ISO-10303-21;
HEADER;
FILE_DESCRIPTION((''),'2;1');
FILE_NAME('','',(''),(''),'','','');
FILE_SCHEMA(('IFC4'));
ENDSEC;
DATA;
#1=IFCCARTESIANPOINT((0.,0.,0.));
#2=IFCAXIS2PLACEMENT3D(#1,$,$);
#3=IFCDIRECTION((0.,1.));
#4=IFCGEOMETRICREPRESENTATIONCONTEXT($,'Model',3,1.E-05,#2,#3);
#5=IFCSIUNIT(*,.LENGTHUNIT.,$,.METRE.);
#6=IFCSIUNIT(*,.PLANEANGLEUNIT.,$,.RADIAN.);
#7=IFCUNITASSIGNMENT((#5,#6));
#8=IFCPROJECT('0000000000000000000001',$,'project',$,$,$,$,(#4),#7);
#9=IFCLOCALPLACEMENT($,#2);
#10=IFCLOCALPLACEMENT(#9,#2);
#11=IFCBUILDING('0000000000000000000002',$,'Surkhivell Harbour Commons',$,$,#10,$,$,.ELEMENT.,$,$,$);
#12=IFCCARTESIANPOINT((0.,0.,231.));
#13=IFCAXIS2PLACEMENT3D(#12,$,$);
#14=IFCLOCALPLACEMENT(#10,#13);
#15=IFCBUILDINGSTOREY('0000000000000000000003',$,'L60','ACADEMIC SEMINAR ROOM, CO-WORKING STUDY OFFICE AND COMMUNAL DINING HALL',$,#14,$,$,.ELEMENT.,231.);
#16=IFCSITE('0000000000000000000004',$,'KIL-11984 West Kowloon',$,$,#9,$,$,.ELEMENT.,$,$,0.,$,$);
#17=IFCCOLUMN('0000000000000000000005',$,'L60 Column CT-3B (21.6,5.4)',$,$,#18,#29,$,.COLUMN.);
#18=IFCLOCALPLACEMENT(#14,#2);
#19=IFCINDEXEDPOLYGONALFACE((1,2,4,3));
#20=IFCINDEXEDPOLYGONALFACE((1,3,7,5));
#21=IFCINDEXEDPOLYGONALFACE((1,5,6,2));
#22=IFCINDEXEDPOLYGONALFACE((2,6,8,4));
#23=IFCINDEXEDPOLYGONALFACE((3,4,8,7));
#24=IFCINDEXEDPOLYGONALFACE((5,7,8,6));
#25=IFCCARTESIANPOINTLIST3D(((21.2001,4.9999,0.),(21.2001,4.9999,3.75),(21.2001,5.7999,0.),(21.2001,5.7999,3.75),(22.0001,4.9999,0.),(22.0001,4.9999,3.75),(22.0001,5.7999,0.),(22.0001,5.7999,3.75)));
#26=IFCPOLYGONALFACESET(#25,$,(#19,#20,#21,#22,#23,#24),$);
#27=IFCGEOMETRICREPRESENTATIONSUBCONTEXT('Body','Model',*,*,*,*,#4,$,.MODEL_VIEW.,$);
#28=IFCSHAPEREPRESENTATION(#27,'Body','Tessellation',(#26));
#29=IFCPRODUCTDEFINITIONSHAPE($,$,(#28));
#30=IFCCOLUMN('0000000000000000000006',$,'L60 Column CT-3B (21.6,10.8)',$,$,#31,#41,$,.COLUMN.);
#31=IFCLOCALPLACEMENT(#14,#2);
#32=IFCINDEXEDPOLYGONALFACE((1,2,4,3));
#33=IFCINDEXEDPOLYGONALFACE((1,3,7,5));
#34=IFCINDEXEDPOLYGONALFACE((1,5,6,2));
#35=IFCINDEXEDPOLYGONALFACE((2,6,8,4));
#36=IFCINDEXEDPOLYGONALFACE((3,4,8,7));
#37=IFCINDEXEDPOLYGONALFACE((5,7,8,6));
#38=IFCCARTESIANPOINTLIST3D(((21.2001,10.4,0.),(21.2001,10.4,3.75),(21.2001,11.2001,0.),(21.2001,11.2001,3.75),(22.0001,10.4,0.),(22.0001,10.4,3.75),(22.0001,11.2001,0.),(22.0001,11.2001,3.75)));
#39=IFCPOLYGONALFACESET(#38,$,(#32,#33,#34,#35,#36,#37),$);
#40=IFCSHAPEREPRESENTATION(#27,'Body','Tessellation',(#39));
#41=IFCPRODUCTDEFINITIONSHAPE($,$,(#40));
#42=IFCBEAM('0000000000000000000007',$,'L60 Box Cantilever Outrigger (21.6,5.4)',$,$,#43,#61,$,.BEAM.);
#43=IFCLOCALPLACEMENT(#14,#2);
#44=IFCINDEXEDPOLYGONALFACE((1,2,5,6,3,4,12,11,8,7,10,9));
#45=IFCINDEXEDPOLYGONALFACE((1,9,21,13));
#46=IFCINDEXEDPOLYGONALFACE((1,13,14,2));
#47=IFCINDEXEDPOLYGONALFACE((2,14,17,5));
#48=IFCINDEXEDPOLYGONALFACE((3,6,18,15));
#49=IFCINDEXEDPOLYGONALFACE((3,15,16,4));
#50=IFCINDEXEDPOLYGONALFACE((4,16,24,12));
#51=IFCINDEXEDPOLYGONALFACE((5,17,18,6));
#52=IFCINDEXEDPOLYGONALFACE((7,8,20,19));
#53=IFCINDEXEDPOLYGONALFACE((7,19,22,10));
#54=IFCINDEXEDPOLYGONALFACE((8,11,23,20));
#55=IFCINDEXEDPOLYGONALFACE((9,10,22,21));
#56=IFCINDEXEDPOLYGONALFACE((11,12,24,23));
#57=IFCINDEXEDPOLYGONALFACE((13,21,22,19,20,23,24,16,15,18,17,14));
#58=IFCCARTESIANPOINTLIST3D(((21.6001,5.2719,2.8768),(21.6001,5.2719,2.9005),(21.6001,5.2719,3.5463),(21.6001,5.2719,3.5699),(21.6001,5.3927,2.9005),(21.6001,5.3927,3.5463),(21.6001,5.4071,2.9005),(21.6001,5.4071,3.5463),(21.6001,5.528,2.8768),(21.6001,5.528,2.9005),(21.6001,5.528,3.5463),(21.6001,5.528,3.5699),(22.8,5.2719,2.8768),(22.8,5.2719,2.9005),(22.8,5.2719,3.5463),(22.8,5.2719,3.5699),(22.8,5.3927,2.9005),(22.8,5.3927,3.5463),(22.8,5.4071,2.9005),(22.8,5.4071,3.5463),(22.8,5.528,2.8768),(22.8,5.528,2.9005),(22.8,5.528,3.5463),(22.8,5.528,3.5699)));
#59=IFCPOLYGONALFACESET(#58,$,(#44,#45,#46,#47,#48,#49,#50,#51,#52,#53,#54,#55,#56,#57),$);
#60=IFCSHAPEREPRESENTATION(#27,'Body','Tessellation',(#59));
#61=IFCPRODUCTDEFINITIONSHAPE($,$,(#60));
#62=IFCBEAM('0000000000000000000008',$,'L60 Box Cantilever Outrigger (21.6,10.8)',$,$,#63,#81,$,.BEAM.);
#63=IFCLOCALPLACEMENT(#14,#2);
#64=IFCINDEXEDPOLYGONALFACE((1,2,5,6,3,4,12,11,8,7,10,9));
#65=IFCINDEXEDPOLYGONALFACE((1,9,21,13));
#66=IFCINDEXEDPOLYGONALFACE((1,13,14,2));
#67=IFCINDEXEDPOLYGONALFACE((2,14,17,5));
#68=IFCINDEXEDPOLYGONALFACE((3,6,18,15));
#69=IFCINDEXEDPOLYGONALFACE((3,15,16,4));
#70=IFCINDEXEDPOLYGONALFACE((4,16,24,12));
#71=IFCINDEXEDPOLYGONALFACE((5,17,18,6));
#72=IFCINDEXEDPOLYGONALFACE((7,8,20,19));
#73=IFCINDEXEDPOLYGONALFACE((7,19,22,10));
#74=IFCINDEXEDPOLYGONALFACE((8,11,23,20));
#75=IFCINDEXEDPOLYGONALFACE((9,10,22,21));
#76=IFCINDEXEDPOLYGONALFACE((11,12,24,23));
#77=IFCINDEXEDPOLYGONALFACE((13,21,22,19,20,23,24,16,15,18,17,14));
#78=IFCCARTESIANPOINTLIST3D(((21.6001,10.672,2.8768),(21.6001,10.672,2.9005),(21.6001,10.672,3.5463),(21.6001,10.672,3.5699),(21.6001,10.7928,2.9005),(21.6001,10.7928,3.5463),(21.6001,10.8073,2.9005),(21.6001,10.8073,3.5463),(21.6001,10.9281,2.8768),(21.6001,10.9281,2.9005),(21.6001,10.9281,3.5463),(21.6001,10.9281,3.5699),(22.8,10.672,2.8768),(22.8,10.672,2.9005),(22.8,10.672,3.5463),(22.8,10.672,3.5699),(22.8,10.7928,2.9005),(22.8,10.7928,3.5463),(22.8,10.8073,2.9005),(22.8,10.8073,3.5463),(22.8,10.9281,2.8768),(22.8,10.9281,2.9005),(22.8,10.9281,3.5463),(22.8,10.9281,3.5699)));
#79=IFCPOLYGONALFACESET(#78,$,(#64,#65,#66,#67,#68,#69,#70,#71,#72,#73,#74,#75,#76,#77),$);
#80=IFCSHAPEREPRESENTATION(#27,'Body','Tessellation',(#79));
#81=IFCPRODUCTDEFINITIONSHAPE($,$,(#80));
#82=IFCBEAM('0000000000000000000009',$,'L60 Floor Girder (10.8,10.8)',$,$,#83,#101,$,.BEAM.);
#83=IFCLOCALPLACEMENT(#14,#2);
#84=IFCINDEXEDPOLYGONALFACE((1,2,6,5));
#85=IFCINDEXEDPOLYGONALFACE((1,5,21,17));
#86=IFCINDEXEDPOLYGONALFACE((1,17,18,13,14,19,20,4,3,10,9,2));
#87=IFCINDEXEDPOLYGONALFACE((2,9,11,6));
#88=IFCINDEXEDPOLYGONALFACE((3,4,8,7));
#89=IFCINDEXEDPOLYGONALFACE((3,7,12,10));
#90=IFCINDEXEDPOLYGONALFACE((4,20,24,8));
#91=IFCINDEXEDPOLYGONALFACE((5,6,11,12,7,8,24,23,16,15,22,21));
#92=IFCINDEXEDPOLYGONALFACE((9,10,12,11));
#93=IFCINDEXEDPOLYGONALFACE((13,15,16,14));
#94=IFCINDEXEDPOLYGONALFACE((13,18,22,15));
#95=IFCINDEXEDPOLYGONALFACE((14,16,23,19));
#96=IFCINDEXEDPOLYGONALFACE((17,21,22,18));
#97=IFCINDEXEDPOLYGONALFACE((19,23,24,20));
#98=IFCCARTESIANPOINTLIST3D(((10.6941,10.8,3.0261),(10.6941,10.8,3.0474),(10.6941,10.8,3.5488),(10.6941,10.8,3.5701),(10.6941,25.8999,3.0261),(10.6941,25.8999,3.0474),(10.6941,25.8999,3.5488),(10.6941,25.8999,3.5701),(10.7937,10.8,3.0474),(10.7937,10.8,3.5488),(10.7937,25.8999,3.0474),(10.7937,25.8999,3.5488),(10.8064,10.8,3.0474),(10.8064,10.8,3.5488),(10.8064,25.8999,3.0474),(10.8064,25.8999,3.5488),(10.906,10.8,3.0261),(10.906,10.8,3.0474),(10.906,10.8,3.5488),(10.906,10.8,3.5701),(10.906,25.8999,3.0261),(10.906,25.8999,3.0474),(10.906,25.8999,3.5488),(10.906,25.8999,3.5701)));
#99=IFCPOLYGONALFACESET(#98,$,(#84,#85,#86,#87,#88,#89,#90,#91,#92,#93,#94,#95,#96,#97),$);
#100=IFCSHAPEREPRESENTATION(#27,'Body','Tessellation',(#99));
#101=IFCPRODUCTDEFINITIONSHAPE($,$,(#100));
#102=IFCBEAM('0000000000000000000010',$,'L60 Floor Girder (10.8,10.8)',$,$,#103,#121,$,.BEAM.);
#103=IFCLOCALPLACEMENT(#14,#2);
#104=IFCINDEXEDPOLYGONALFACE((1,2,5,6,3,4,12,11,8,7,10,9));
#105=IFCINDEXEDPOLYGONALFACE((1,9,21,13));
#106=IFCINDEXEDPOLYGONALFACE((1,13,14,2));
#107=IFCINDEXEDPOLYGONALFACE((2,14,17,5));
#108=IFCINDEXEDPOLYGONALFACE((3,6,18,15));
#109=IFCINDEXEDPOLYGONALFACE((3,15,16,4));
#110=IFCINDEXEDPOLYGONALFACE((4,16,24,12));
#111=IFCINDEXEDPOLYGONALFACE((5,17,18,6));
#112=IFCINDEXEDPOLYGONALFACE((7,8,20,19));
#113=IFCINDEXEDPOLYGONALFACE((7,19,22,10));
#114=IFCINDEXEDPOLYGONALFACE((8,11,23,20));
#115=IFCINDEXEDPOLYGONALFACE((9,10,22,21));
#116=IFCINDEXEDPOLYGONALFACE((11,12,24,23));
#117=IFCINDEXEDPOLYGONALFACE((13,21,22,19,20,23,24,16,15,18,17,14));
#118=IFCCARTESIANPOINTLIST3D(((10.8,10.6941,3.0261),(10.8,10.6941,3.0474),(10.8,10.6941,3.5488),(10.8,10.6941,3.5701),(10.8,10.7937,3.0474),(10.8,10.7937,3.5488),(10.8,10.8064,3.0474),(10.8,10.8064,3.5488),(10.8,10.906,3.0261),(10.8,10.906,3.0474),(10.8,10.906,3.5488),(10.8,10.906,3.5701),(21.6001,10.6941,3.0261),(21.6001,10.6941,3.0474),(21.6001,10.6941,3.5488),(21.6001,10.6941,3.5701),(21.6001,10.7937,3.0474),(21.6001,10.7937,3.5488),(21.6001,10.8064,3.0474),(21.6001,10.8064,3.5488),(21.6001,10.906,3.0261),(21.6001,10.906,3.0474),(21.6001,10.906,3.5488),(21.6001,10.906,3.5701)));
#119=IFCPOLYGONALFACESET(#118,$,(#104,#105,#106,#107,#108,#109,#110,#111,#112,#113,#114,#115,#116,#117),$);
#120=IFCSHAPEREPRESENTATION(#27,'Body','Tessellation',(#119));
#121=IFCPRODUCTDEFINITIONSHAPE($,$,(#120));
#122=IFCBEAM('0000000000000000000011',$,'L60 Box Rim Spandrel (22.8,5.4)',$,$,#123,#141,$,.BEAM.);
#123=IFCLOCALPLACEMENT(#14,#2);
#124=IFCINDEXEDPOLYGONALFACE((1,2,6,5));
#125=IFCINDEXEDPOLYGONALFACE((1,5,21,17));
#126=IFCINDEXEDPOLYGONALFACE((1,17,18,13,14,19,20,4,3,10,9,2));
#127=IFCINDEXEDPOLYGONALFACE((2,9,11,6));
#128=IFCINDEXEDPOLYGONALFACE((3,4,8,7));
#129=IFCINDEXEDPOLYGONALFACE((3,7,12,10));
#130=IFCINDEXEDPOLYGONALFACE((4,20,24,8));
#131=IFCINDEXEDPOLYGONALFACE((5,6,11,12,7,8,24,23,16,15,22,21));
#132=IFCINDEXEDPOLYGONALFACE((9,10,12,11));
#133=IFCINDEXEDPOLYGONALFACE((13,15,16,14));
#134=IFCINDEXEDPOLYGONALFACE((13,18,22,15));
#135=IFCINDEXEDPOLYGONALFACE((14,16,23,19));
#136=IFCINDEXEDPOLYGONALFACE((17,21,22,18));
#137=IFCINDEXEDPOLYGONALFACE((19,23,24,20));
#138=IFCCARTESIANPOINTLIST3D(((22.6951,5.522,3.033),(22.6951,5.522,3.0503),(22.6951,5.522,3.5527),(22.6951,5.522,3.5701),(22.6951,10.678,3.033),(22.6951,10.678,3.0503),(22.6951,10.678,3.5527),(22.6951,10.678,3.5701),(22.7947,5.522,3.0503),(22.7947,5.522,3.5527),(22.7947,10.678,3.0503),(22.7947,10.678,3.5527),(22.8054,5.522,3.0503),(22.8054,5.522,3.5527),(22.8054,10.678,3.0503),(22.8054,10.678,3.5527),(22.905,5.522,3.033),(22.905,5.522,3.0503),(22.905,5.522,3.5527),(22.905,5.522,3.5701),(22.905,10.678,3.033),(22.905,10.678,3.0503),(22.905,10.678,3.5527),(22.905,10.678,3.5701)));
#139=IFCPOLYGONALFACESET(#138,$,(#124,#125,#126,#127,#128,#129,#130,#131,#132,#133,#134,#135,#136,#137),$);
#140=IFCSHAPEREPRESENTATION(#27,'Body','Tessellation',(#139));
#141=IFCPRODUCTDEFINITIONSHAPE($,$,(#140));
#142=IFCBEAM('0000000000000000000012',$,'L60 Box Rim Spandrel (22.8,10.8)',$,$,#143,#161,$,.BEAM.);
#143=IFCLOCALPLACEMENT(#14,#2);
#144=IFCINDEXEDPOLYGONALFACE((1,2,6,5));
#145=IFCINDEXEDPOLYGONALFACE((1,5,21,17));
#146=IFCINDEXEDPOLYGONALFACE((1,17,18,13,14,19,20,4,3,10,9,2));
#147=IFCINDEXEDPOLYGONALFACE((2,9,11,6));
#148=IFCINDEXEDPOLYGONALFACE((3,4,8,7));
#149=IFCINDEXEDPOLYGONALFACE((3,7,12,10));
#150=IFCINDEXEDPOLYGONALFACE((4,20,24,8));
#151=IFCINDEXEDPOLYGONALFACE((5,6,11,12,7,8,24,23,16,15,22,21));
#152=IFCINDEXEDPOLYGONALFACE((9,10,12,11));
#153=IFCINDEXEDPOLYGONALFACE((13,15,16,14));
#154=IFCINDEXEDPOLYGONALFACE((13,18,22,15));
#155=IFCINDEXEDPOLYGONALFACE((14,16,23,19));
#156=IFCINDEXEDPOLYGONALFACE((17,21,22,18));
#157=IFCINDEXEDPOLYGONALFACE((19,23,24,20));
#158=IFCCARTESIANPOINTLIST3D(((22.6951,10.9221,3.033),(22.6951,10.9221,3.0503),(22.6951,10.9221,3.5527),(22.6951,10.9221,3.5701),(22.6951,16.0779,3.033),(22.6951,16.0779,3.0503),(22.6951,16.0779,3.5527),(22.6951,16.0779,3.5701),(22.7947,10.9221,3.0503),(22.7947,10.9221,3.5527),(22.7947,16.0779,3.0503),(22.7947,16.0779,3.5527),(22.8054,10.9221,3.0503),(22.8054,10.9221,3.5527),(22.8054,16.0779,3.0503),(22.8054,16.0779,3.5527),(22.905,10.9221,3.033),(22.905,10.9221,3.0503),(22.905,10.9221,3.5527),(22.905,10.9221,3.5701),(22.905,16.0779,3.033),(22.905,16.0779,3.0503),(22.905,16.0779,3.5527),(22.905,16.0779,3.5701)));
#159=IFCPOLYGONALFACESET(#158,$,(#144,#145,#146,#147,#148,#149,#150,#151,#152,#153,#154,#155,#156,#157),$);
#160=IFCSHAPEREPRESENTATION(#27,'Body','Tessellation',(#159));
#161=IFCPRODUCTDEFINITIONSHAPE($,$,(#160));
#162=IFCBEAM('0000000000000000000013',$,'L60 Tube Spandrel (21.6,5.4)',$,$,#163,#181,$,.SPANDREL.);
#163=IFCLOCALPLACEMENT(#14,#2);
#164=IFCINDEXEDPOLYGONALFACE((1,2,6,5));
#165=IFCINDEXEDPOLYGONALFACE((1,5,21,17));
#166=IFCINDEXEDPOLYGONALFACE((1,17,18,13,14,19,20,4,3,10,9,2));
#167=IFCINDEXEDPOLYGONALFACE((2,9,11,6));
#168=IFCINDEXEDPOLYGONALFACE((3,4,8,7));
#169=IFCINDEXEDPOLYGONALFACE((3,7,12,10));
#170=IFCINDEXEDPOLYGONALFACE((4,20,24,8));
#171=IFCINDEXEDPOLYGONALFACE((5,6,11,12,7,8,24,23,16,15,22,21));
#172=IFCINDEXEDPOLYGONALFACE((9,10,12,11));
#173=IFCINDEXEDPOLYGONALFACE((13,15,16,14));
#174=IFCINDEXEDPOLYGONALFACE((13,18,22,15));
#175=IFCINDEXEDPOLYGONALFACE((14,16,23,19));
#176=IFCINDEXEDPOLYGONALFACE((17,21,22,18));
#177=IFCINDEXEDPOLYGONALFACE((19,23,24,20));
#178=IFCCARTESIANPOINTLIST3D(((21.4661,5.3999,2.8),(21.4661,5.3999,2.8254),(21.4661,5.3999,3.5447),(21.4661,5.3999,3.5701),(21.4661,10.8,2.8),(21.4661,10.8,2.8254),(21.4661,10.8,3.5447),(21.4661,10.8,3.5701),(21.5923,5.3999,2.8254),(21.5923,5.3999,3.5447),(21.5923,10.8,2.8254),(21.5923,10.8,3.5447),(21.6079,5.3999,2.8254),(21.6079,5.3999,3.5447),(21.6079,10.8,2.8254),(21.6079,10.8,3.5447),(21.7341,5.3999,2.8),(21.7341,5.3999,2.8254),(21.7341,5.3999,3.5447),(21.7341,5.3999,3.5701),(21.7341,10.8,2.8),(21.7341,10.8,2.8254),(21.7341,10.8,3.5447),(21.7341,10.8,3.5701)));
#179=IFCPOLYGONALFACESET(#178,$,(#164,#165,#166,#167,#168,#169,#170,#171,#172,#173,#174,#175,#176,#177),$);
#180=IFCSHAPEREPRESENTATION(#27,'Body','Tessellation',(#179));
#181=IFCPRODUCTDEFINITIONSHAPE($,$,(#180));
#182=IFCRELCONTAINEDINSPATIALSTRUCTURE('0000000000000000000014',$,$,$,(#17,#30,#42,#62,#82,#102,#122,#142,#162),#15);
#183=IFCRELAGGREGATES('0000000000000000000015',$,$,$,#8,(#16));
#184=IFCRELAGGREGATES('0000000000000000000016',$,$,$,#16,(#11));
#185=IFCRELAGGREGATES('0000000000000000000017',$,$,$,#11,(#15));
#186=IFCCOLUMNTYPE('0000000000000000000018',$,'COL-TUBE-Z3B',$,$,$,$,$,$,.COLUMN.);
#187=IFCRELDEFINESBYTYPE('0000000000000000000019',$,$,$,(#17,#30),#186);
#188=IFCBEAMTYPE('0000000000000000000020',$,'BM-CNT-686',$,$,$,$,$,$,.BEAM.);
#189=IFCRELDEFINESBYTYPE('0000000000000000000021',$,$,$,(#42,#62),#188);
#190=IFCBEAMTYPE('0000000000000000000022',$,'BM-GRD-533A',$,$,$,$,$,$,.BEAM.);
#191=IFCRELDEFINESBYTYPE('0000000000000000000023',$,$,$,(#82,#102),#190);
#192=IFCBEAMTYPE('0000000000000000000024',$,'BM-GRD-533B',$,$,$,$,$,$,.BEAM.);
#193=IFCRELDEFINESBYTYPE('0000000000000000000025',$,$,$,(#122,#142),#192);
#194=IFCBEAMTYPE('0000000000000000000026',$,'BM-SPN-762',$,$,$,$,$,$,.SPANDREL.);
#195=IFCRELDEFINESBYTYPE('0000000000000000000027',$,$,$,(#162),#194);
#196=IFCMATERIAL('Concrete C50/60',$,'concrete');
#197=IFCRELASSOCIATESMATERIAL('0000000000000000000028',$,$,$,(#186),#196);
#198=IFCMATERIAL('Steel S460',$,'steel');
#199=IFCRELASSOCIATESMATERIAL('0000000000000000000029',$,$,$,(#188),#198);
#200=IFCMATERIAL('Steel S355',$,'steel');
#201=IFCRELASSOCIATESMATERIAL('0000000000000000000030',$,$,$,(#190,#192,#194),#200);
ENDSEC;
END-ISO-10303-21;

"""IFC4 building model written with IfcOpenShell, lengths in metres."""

from ifc_helpers import new_model, si_unit, direction, frame, origin, origin_2d, place, context, subcontext, project, spatial, rectangle, i_section, extrude, material, material_profile, profile_set, type_object, element, save


model = new_model("IFC4")

# Units and contexts
model_context = context("Model", 3, precision=1e-05, world=origin(), true_north=direction((0.0, 1.0)))
body_context = subcontext(model_context, "Body", "Model", "MODEL_VIEW")
ifc_project = project(units=[si_unit("LENGTHUNIT", "METRE"), si_unit("PLANEANGLEUNIT", "RADIAN")], contexts=[model_context])

# Site, building, storey
site_placement = place(None, origin())
site = spatial("IfcSite", under=ifc_project, at=site_placement, Name="KIL-11984 West Kowloon", CompositionType="ELEMENT", RefElevation=0.0)
building_placement = place(site_placement, origin())
building = spatial("IfcBuilding", under=site, at=building_placement, Name="Surkhivell Harbour Commons", CompositionType="ELEMENT")
storey_placement = place(building_placement, frame((0.0, 0.0, 231.0)))
storey = spatial("IfcBuildingStorey", under=building, at=storey_placement, Name="L60", Description="ACADEMIC SEMINAR ROOM, CO-WORKING STUDY OFFICE AND COMMUNAL DINING HALL", CompositionType="ELEMENT", Elevation=231.0)

# Columns
ifc_material_1 = material(Name="Concrete C50/60", Category="concrete")
ifc_material_profile_1 = material_profile(ifc_material_1, rectangle(XDim=0.8, YDim=0.8, at=origin_2d()), Name="RC-COL-800x800")
ifc_profile_set_1 = profile_set([ifc_material_profile_1], Name="Concrete C50/60")
column_type = type_object("IfcColumnType", Name="COL-TUBE-Z3B", PredefinedType="COLUMN", material=ifc_profile_set_1)
for number, where, z_axis, x_axis, name in (
    (1, (21.6001, 5.3999, 0.0), (0.0, 0.0, 1.0), (1.0, 0.0, 0.0), "L60 Column CT-3B (21.6,5.4)"),
    (2, (21.6001, 10.8, 0.0), (0.0, 0.0, 1.0), (1.0, 0.0, 0.0), "L60 Column CT-3B (21.6,10.8)"),
):
    element("IfcColumn", number, at=place(storey_placement, frame(where, z_axis=z_axis, x_axis=x_axis)), inside=storey, type_object=column_type, Name=name, PredefinedType="COLUMN", context=body_context, shape_type="SweptSolid", body=[
        extrude(rectangle(XDim=0.8, YDim=0.8, at=origin_2d()), origin(), (0.0, 0.0, 1.0), 3.75),
    ])

# Beams
ifc_material_2 = material(Name="Steel S460", Category="steel")
ifc_material_profile_2 = material_profile(ifc_material_2, i_section(OverallWidth=0.2561, OverallDepth=0.6931, WebThickness=0.0144, FlangeThickness=0.0237, at=origin_2d()), Name="UB686x254x170")
ifc_profile_set_2 = profile_set([ifc_material_profile_2], Name="Steel S460")
beam_type_1 = type_object("IfcBeamType", Name="BM-CNT-686", PredefinedType="BEAM", material=ifc_profile_set_2)
for number, where, z_axis, x_axis, name in (
    (3, (21.6001, 5.3999, 3.2234), (1.0, 0.0, 0.0), (0.0, 1.0, 0.0), "L60 Box Cantilever Outrigger (21.6,5.4)"),
    (4, (21.6001, 10.8, 3.2234), (1.0, 0.0, 0.0), (0.0, 1.0, 0.0), "L60 Box Cantilever Outrigger (21.6,10.8)"),
):
    element("IfcBeam", number, at=place(storey_placement, frame(where, z_axis=z_axis, x_axis=x_axis)), inside=storey, type_object=beam_type_1, Name=name, PredefinedType="BEAM", context=body_context, shape_type="SweptSolid", body=[
        extrude(i_section(OverallWidth=0.2561, OverallDepth=0.6931, WebThickness=0.0144, FlangeThickness=0.0237, at=origin_2d()), origin(), (0.0, 0.0, 1.0), 1.2),
    ])
ifc_material_3 = material(Name="Steel S355", Category="steel")
ifc_material_profile_3 = material_profile(ifc_material_3, i_section(OverallWidth=0.2119, OverallDepth=0.5439, WebThickness=0.0127, FlangeThickness=0.0212, at=origin_2d()), Name="UB533x210x122")
ifc_profile_set_3 = profile_set([ifc_material_profile_3], Name="Steel S355")
beam_type_2 = type_object("IfcBeamType", Name="BM-GRD-533A", PredefinedType="BEAM", material=ifc_profile_set_3)
beam_1_placement = place(storey_placement, frame((10.8, 10.8, 3.2981), z_axis=(0.0, 1.0, 0.0), x_axis=(-1.0, 0.0, 0.0)))
element("IfcBeam", 5, at=beam_1_placement, inside=storey, type_object=beam_type_2, Name="L60 Floor Girder (10.8,10.8)", PredefinedType="BEAM", context=body_context, shape_type="SweptSolid", body=[
    extrude(i_section(OverallWidth=0.2119, OverallDepth=0.5439, WebThickness=0.0127, FlangeThickness=0.0212, at=origin_2d()), origin(), (0.0, 0.0, 1.0), 15.0999),
])
beam_2_placement = place(storey_placement, frame((10.8, 10.8, 3.2981), z_axis=(1.0, 0.0, 0.0), x_axis=(0.0, 1.0, 0.0)))
element("IfcBeam", 6, at=beam_2_placement, inside=storey, type_object=beam_type_2, Name="L60 Floor Girder (10.8,10.8)", PredefinedType="BEAM", context=body_context, shape_type="SweptSolid", body=[
    extrude(i_section(OverallWidth=0.2119, OverallDepth=0.5439, WebThickness=0.0127, FlangeThickness=0.0212, at=origin_2d()), origin(), (0.0, 0.0, 1.0), 10.8),
])
ifc_material_profile_4 = material_profile(ifc_material_3, i_section(OverallWidth=0.21, OverallDepth=0.5371, WebThickness=0.0107, FlangeThickness=0.0173, at=origin_2d()), Name="UB533x210x101")
ifc_profile_set_4 = profile_set([ifc_material_profile_4], Name="Steel S355")
beam_type_3 = type_object("IfcBeamType", Name="BM-GRD-533B", PredefinedType="BEAM", material=ifc_profile_set_4)
beam_3_placement = place(storey_placement, frame((22.8, 5.522, 3.3015), z_axis=(0.0, 1.0, 0.0), x_axis=(-1.0, 0.0, 0.0)))
element("IfcBeam", 7, at=beam_3_placement, inside=storey, type_object=beam_type_3, Name="L60 Box Rim Spandrel (22.8,5.4)", PredefinedType="BEAM", context=body_context, shape_type="SweptSolid", body=[
    extrude(i_section(OverallWidth=0.21, OverallDepth=0.5371, WebThickness=0.0107, FlangeThickness=0.0173, at=origin_2d()), origin(), (0.0, 0.0, 1.0), 5.156),
])
beam_4_placement = place(storey_placement, frame((22.8, 10.9221, 3.3015), z_axis=(0.0, 1.0, 0.0), x_axis=(-1.0, 0.0, 0.0)))
element("IfcBeam", 8, at=beam_4_placement, inside=storey, type_object=beam_type_3, Name="L60 Box Rim Spandrel (22.8,10.8)", PredefinedType="BEAM", context=body_context, shape_type="SweptSolid", body=[
    extrude(i_section(OverallWidth=0.21, OverallDepth=0.5371, WebThickness=0.0107, FlangeThickness=0.0173, at=origin_2d()), origin(), (0.0, 0.0, 1.0), 5.1558),
])
ifc_material_profile_5 = material_profile(ifc_material_3, i_section(OverallWidth=0.2681, OverallDepth=0.77, WebThickness=0.0156, FlangeThickness=0.0254, at=origin_2d()), Name="UB762x267x197")
ifc_profile_set_5 = profile_set([ifc_material_profile_5], Name="Steel S355")
beam_type_4 = type_object("IfcBeamType", Name="BM-SPN-762", PredefinedType="SPANDREL", material=ifc_profile_set_5)
beam_5_placement = place(storey_placement, frame((21.6001, 5.3999, 3.1851), z_axis=(0.0, 1.0, 0.0), x_axis=(-1.0, 0.0, 0.0)))
element("IfcBeam", 9, at=beam_5_placement, inside=storey, type_object=beam_type_4, Name="L60 Tube Spandrel (21.6,5.4)", PredefinedType="SPANDREL", context=body_context, shape_type="SweptSolid", body=[
    extrude(i_section(OverallWidth=0.2681, OverallDepth=0.77, WebThickness=0.0156, FlangeThickness=0.0254, at=origin_2d()), origin(), (0.0, 0.0, 1.0), 5.4001),
])

save(model, "model.ifc")
